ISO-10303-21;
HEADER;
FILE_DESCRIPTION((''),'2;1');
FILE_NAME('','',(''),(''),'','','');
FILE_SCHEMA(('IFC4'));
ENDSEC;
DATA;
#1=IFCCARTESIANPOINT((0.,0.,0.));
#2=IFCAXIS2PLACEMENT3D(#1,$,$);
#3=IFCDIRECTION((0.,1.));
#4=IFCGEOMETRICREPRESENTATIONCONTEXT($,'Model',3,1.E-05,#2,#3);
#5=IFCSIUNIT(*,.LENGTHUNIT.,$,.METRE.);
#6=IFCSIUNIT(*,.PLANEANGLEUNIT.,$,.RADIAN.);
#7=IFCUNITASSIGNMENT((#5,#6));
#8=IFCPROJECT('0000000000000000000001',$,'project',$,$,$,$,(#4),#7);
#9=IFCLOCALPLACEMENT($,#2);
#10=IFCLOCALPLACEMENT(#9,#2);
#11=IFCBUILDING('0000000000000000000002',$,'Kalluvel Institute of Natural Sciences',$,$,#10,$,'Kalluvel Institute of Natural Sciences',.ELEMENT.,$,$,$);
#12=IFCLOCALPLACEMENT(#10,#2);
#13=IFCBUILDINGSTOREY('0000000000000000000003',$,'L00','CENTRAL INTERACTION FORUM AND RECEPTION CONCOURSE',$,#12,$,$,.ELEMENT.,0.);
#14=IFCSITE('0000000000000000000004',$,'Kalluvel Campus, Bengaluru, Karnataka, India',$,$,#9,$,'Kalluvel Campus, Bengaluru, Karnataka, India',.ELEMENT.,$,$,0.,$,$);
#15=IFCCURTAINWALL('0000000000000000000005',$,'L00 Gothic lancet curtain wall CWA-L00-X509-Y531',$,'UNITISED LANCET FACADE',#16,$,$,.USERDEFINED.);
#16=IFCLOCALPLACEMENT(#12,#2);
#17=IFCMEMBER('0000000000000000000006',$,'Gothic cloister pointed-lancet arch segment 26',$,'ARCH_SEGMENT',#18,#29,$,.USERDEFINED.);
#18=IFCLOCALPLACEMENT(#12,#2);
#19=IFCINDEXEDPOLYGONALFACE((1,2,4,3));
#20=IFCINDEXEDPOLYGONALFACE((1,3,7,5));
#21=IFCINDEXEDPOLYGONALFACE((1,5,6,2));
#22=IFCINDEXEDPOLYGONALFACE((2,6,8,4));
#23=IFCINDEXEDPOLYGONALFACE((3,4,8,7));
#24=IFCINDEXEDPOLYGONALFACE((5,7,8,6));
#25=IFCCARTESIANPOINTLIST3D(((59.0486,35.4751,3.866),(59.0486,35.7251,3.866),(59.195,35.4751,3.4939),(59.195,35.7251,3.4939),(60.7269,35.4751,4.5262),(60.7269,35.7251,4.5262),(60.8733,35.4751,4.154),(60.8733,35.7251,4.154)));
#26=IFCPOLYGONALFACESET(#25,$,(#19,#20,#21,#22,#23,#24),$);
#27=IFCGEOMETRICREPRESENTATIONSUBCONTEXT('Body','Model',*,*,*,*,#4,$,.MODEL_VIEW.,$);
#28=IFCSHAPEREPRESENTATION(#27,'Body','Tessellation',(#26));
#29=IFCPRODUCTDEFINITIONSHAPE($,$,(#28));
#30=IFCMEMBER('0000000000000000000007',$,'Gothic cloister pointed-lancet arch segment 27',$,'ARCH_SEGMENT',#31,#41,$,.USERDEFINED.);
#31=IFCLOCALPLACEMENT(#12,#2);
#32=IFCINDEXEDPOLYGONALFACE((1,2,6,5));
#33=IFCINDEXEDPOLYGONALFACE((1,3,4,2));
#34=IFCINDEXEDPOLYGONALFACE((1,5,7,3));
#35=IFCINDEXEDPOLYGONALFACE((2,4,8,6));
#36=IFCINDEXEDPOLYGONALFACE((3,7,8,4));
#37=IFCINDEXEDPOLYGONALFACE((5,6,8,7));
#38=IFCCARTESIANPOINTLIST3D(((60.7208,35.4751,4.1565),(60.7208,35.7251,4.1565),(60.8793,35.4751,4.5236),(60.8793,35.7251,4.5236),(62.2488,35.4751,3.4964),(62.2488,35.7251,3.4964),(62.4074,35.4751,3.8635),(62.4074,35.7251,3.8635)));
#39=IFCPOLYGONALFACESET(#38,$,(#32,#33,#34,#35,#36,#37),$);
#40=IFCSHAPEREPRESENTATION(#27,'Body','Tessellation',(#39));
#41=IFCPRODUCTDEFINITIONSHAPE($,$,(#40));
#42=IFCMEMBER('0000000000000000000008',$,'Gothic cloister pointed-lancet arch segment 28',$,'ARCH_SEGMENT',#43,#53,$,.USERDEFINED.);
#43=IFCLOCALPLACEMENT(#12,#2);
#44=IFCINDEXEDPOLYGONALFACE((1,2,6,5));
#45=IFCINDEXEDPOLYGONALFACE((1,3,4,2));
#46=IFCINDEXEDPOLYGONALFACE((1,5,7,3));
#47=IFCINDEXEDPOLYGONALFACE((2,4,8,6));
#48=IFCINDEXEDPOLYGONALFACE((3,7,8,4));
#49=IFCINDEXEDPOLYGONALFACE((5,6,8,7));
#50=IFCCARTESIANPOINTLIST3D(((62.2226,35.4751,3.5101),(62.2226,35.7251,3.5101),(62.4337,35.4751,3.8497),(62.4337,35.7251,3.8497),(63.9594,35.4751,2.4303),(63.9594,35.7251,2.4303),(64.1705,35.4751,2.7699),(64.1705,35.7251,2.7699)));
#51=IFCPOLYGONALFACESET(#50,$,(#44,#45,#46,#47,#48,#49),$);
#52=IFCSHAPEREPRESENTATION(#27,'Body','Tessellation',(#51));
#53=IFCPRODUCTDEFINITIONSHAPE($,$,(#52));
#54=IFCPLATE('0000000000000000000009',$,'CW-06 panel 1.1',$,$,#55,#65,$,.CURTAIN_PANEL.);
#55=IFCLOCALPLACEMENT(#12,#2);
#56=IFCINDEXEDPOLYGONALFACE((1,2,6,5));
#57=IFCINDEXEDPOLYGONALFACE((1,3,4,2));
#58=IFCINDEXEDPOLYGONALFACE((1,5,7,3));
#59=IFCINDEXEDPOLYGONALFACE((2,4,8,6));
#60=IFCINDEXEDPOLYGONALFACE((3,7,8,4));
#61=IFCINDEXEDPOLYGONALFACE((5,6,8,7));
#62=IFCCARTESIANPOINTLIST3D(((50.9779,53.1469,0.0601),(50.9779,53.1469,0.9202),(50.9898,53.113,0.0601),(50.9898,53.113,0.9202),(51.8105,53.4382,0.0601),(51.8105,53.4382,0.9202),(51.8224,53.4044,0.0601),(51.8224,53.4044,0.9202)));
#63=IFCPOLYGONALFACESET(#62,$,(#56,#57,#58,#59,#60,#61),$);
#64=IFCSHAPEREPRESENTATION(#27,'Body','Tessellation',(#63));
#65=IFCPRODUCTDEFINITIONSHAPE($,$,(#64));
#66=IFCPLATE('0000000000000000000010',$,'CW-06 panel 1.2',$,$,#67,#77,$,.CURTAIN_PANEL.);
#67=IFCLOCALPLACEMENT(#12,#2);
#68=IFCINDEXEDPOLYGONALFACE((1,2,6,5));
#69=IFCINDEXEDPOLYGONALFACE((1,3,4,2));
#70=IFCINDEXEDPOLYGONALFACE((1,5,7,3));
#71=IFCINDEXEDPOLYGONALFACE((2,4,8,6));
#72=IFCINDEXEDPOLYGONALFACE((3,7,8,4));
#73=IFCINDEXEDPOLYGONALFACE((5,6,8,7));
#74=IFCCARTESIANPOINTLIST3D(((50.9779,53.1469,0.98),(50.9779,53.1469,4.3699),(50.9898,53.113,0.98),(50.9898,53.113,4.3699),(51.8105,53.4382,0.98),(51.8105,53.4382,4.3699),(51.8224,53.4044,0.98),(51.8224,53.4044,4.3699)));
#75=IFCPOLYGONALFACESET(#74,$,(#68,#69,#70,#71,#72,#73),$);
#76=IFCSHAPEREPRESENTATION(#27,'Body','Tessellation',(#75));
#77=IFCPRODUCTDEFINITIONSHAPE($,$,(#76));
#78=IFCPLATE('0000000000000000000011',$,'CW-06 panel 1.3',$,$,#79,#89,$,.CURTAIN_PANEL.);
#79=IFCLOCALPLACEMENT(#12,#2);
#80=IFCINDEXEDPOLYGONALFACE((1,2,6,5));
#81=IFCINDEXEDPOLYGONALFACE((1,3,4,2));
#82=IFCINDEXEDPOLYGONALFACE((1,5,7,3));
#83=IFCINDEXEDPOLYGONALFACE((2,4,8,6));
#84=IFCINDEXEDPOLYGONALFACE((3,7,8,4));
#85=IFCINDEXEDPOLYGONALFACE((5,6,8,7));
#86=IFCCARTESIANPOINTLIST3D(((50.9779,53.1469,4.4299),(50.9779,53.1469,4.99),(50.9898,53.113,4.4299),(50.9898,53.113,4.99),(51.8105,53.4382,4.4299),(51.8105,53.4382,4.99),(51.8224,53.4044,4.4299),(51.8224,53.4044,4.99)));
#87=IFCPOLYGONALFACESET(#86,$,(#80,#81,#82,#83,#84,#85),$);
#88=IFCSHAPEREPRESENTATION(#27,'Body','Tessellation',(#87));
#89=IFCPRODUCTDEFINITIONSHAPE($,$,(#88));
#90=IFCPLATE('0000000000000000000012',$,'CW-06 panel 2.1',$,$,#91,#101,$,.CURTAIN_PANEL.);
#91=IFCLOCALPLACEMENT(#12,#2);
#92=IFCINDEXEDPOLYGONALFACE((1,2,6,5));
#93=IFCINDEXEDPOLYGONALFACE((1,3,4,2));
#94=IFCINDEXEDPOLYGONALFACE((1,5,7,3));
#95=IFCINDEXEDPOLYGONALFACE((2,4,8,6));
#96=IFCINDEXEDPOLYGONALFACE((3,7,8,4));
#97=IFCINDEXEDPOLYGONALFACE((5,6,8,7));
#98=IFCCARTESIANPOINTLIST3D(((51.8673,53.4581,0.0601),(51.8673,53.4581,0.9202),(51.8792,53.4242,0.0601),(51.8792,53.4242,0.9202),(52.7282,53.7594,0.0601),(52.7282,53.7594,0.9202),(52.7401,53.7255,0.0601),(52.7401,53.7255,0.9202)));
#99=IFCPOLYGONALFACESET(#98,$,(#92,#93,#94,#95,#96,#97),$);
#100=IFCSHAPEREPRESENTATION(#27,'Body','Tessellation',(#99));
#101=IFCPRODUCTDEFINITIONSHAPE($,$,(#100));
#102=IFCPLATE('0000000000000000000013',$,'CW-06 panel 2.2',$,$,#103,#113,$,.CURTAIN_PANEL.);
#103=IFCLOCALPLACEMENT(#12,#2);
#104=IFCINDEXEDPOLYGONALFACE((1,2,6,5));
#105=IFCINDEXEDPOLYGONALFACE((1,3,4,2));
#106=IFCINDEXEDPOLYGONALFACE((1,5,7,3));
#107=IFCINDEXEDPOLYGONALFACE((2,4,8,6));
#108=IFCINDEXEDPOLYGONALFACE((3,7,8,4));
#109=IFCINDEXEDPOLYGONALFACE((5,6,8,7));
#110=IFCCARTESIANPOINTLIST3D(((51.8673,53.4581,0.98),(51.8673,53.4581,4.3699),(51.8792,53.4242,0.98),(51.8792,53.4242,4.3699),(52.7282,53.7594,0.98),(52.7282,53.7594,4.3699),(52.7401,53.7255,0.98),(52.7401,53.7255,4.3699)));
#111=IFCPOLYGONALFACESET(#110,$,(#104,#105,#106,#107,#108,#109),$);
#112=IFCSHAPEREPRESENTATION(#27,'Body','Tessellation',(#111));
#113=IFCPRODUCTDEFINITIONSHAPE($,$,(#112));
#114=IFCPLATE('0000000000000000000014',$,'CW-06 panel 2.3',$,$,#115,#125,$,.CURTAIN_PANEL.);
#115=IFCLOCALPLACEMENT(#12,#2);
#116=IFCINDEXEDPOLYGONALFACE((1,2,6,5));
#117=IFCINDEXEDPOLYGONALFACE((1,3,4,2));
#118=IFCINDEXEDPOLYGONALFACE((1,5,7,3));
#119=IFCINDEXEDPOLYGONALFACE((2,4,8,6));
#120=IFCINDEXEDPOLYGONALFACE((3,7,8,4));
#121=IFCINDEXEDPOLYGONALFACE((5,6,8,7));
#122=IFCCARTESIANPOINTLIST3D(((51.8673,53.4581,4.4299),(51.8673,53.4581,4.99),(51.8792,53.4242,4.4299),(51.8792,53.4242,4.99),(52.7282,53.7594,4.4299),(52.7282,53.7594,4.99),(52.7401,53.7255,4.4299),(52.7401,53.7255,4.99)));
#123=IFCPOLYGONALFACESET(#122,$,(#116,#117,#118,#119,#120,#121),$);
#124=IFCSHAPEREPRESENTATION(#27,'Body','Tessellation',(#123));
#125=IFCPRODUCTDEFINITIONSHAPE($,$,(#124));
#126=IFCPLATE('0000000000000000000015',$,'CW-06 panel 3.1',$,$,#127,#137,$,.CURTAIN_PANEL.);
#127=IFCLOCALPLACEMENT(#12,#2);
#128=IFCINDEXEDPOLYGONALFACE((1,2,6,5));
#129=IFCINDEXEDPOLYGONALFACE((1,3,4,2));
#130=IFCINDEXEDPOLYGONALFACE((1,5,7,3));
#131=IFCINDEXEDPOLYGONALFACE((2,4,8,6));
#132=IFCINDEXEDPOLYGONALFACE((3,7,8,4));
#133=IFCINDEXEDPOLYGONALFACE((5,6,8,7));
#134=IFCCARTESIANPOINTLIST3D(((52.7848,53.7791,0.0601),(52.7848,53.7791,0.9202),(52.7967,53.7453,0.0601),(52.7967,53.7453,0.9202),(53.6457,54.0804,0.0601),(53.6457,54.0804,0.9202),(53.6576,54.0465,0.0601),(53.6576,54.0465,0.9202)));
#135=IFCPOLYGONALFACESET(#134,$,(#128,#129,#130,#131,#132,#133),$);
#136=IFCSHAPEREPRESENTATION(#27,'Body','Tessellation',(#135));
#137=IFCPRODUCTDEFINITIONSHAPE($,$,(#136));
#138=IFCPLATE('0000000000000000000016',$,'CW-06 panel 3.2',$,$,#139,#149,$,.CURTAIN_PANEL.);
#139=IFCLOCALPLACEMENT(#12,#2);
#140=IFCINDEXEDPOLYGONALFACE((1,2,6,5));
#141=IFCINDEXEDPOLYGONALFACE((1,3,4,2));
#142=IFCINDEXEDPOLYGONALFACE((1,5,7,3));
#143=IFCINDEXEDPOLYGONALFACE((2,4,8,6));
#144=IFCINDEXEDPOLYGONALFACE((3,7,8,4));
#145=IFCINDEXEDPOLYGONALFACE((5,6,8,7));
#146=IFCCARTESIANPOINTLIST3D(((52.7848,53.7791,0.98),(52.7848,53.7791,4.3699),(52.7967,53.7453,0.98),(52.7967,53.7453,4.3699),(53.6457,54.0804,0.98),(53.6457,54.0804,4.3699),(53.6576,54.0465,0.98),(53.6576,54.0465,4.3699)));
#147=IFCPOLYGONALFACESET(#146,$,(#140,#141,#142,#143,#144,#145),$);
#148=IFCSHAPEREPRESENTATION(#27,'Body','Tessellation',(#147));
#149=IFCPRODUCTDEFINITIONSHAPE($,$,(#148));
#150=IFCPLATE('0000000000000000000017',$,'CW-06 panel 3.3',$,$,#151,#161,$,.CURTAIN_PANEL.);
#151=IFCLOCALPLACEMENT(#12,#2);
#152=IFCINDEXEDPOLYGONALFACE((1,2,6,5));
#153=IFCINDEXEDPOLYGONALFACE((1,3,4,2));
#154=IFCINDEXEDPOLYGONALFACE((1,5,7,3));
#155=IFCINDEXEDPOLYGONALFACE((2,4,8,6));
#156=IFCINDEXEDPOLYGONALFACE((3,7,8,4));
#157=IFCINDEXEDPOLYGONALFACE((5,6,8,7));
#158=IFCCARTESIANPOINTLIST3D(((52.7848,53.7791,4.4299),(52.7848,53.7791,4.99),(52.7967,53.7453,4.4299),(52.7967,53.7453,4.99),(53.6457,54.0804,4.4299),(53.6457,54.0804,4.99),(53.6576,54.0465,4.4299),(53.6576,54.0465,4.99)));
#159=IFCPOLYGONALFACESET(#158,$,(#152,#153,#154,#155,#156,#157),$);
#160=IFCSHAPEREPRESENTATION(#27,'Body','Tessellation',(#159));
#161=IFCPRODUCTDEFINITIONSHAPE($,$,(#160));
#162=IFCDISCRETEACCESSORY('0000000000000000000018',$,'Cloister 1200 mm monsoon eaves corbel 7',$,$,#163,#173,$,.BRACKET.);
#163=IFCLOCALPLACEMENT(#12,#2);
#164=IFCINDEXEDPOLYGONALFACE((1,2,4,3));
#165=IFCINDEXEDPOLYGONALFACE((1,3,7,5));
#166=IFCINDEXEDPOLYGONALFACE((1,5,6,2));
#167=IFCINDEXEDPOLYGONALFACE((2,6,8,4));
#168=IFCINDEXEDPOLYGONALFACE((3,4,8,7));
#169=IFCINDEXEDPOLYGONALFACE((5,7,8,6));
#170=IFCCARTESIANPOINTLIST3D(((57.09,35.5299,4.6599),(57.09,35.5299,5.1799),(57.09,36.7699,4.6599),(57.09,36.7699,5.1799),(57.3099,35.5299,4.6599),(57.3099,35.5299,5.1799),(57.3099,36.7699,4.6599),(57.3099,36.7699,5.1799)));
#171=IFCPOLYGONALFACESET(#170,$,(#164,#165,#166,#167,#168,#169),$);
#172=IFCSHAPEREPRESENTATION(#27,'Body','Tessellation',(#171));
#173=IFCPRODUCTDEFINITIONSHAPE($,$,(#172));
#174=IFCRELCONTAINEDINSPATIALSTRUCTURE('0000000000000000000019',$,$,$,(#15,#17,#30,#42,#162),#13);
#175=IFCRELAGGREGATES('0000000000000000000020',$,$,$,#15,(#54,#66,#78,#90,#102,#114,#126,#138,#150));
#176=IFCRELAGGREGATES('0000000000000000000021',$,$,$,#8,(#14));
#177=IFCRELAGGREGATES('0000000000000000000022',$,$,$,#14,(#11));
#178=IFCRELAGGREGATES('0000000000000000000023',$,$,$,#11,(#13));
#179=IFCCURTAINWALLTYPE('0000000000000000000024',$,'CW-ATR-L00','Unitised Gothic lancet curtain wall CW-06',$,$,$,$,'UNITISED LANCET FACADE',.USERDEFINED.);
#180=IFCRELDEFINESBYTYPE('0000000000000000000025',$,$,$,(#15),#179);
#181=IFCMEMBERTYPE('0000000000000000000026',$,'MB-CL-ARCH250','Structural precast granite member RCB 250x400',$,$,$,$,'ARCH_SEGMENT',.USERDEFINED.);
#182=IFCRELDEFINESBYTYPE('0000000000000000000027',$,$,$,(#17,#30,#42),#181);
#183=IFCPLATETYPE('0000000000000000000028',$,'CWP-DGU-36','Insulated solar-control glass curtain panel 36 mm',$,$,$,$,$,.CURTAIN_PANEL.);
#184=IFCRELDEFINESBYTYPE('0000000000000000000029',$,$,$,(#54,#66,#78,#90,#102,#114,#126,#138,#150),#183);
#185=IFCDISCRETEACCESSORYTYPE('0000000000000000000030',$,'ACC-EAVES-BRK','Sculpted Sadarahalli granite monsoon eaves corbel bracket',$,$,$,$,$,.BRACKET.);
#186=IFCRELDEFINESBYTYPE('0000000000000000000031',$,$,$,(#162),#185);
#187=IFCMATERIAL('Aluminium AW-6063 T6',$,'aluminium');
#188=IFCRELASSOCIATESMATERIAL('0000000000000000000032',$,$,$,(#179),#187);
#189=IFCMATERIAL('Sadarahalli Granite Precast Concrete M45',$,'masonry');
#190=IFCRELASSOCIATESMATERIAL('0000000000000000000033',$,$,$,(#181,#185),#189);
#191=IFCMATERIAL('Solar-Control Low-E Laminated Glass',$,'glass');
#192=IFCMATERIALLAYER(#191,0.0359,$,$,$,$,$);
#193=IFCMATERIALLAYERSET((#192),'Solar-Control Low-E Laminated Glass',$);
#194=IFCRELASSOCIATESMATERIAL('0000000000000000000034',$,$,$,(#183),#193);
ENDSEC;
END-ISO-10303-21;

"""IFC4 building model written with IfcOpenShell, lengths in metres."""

from ifc_helpers import new_model, si_unit, direction, frame, origin, origin_2d, place, context, subcontext, project, spatial, rectangle, extrude, material, layer, layer_set, material_profile, profile_set, type_object, element, aggregate, save


model = new_model("IFC4")

# Units and contexts
model_context = context("Model", 3, precision=1e-05, world=origin(), true_north=direction((0.0, 1.0)))
body_context = subcontext(model_context, "Body", "Model", "MODEL_VIEW")
ifc_project = project(units=[si_unit("LENGTHUNIT", "METRE"), si_unit("PLANEANGLEUNIT", "RADIAN")], contexts=[model_context])

# Site, building, storey
site_placement = place(None, origin())
site = spatial("IfcSite", under=ifc_project, at=site_placement, Name="Kalluvel Campus, Bengaluru, Karnataka, India", LongName="Kalluvel Campus, Bengaluru, Karnataka, India", CompositionType="ELEMENT", RefElevation=0.0)
building_placement = place(site_placement, origin())
building = spatial("IfcBuilding", under=site, at=building_placement, Name="Kalluvel Institute of Natural Sciences", LongName="Kalluvel Institute of Natural Sciences", CompositionType="ELEMENT")
storey_placement = place(building_placement, origin())
storey = spatial("IfcBuildingStorey", under=building, at=storey_placement, Name="L00", Description="CENTRAL INTERACTION FORUM AND RECEPTION CONCOURSE", CompositionType="ELEMENT", Elevation=0.0)

# Curtain wall
ifc_material_1 = material(Name="Aluminium AW-6063 T6", Category="aluminium")
curtain_wall_type = type_object("IfcCurtainWallType", Name="CW-ATR-L00", Description="Unitised Gothic lancet curtain wall CW-06", ElementType="UNITISED LANCET FACADE", PredefinedType="USERDEFINED", material=ifc_material_1)
curtain_wall_placement = place(storey_placement, origin())
curtain_wall = element("IfcCurtainWall", 1, at=curtain_wall_placement, inside=storey, type_object=curtain_wall_type, Name="L00 Gothic lancet curtain wall CWA-L00-X509-Y531", ObjectType="UNITISED LANCET FACADE", PredefinedType="USERDEFINED")

# Members
ifc_material_2 = material(Name="Sadarahalli Granite Precast Concrete M45", Category="masonry")
ifc_material_profile_1 = material_profile(ifc_material_2, rectangle(XDim=0.25, YDim=0.3999, at=origin_2d()), Name="RCB 250x400")
ifc_profile_set_1 = profile_set([ifc_material_profile_1], Name="Sadarahalli Granite Precast Concrete M45")
member_type_1 = type_object("IfcMemberType", Name="MB-CL-ARCH250", Description="Structural precast granite member RCB 250x400", ElementType="ARCH_SEGMENT", PredefinedType="USERDEFINED", material=ifc_profile_set_1)
member_1_placement = place(storey_placement, frame((59.1218, 35.6001, 3.6799), z_axis=(0.93059, 0.0, 0.366063), x_axis=(0.0, 1.0, 0.0)))
element("IfcMember", 2, at=member_1_placement, inside=storey, type_object=member_type_1, Name="Gothic cloister pointed-lancet arch segment 26", ObjectType="ARCH_SEGMENT", PredefinedType="USERDEFINED", context=body_context, shape_type="SweptSolid", body=[
    extrude(rectangle(XDim=0.25, YDim=0.3999, at=origin_2d()), origin(), (0.0, 0.0, 1.0), 1.8035),
])
member_2_placement = place(storey_placement, frame((60.8, 35.6001, 4.3401), z_axis=(0.917996, 0.0, -0.396591), x_axis=(0.0, 1.0, 0.0)))
element("IfcMember", 3, at=member_2_placement, inside=storey, type_object=member_type_1, Name="Gothic cloister pointed-lancet arch segment 27", ObjectType="ARCH_SEGMENT", PredefinedType="USERDEFINED", context=body_context, shape_type="SweptSolid", body=[
    extrude(rectangle(XDim=0.25, YDim=0.3999, at=origin_2d()), origin(), (0.0, 0.0, 1.0), 1.6646),
])
member_3_placement = place(storey_placement, frame((62.3281, 35.6001, 3.6799), z_axis=(0.849243, 0.0, -0.528002), x_axis=(0.0, 1.0, 0.0)))
element("IfcMember", 4, at=member_3_placement, inside=storey, type_object=member_type_1, Name="Gothic cloister pointed-lancet arch segment 28", ObjectType="ARCH_SEGMENT", PredefinedType="USERDEFINED", context=body_context, shape_type="SweptSolid", body=[
    extrude(rectangle(XDim=0.25, YDim=0.3999, at=origin_2d()), origin(), (0.0, 0.0, 1.0), 2.0452),
])

# Plates
ifc_material_3 = material(Name="Solar-Control Low-E Laminated Glass", Category="glass")
ifc_layer = layer(ifc_material_3, 0.0359)
ifc_layer_set = layer_set([ifc_layer], Name="Solar-Control Low-E Laminated Glass")
plate_type = type_object("IfcPlateType", Name="CWP-DGU-36", Description="Insulated solar-control glass curtain panel 36 mm", PredefinedType="CURTAIN_PANEL", material=ifc_layer_set)
plate_1_placement = place(storey_placement, frame((51.4001, 53.2756, 0.0601), z_axis=(0.0, 0.0, 1.0), x_axis=(0.943878, 0.330295, 0.0)))
plate_1 = element("IfcPlate", 5, at=plate_1_placement, type_object=plate_type, Name="CW-06 panel 1.1", PredefinedType="CURTAIN_PANEL", context=body_context, shape_type="SweptSolid", body=[
    extrude(rectangle(XDim=0.8821, YDim=0.0359, at=origin_2d()), origin(), (0.0, 0.0, 1.0), 0.8601),
])
plate_2_placement = place(storey_placement, frame((51.4001, 53.2756, 0.98), z_axis=(0.0, 0.0, 1.0), x_axis=(0.943878, 0.330295, 0.0)))
plate_2 = element("IfcPlate", 6, at=plate_2_placement, type_object=plate_type, Name="CW-06 panel 1.2", PredefinedType="CURTAIN_PANEL", context=body_context, shape_type="SweptSolid", body=[
    extrude(rectangle(XDim=0.8821, YDim=0.0359, at=origin_2d()), origin(), (0.0, 0.0, 1.0), 3.3899),
])
plate_3_placement = place(storey_placement, frame((51.4001, 53.2756, 4.4299), z_axis=(0.0, 0.0, 1.0), x_axis=(0.943878, 0.330295, 0.0)))
plate_3 = element("IfcPlate", 7, at=plate_3_placement, type_object=plate_type, Name="CW-06 panel 1.3", PredefinedType="CURTAIN_PANEL", context=body_context, shape_type="SweptSolid", body=[
    extrude(rectangle(XDim=0.8821, YDim=0.0359, at=origin_2d()), origin(), (0.0, 0.0, 1.0), 0.5601),
])
plate_4_placement = place(storey_placement, frame((52.3037, 53.5918, 0.0601), z_axis=(0.0, 0.0, 1.0), x_axis=(0.943878, 0.330295, 0.0)))
plate_4 = element("IfcPlate", 8, at=plate_4_placement, type_object=plate_type, Name="CW-06 panel 2.1", PredefinedType="CURTAIN_PANEL", context=body_context, shape_type="SweptSolid", body=[
    extrude(rectangle(XDim=0.9121, YDim=0.0359, at=origin_2d()), origin(), (0.0, 0.0, 1.0), 0.8601),
])
plate_5_placement = place(storey_placement, frame((52.3037, 53.5918, 0.98), z_axis=(0.0, 0.0, 1.0), x_axis=(0.943878, 0.330295, 0.0)))
plate_5 = element("IfcPlate", 9, at=plate_5_placement, type_object=plate_type, Name="CW-06 panel 2.2", PredefinedType="CURTAIN_PANEL", context=body_context, shape_type="SweptSolid", body=[
    extrude(rectangle(XDim=0.9121, YDim=0.0359, at=origin_2d()), origin(), (0.0, 0.0, 1.0), 3.3899),
])
plate_6_placement = place(storey_placement, frame((52.3037, 53.5918, 4.4299), z_axis=(0.0, 0.0, 1.0), x_axis=(0.943878, 0.330295, 0.0)))
plate_6 = element("IfcPlate", 10, at=plate_6_placement, type_object=plate_type, Name="CW-06 panel 2.3", PredefinedType="CURTAIN_PANEL", context=body_context, shape_type="SweptSolid", body=[
    extrude(rectangle(XDim=0.9121, YDim=0.0359, at=origin_2d()), origin(), (0.0, 0.0, 1.0), 0.5601),
])
plate_7_placement = place(storey_placement, frame((53.2212, 53.9128, 0.0601), z_axis=(0.0, 0.0, 1.0), x_axis=(0.943878, 0.330295, 0.0)))
plate_7 = element("IfcPlate", 11, at=plate_7_placement, type_object=plate_type, Name="CW-06 panel 3.1", PredefinedType="CURTAIN_PANEL", context=body_context, shape_type="SweptSolid", body=[
    extrude(rectangle(XDim=0.9121, YDim=0.0359, at=origin_2d()), origin(), (0.0, 0.0, 1.0), 0.8601),
])
plate_8_placement = place(storey_placement, frame((53.2212, 53.9128, 0.98), z_axis=(0.0, 0.0, 1.0), x_axis=(0.943878, 0.330295, 0.0)))
plate_8 = element("IfcPlate", 12, at=plate_8_placement, type_object=plate_type, Name="CW-06 panel 3.2", PredefinedType="CURTAIN_PANEL", context=body_context, shape_type="SweptSolid", body=[
    extrude(rectangle(XDim=0.9121, YDim=0.0359, at=origin_2d()), origin(), (0.0, 0.0, 1.0), 3.3899),
])
plate_9_placement = place(storey_placement, frame((53.2212, 53.9128, 4.4299), z_axis=(0.0, 0.0, 1.0), x_axis=(0.943878, 0.330295, 0.0)))
plate_9 = element("IfcPlate", 13, at=plate_9_placement, type_object=plate_type, Name="CW-06 panel 3.3", PredefinedType="CURTAIN_PANEL", context=body_context, shape_type="SweptSolid", body=[
    extrude(rectangle(XDim=0.9121, YDim=0.0359, at=origin_2d()), origin(), (0.0, 0.0, 1.0), 0.5601),
])
aggregate(curtain_wall, [plate_1, plate_2, plate_3, plate_4, plate_5, plate_6, plate_7, plate_8, plate_9])

# Discrete accessory
discrete_accessory_type = type_object("IfcDiscreteAccessoryType", Name="ACC-EAVES-BRK", Description="Sculpted Sadarahalli granite monsoon eaves corbel bracket", PredefinedType="BRACKET", material=ifc_material_2)
discrete_accessory_placement = place(storey_placement, frame((57.2, 36.1499, 4.6599), z_axis=(0.0, 0.0, 1.0), x_axis=(1.0, 0.0, 0.0)))
element("IfcDiscreteAccessory", 14, at=discrete_accessory_placement, inside=storey, type_object=discrete_accessory_type, Name="Cloister 1200 mm monsoon eaves corbel 7", PredefinedType="BRACKET", context=body_context, shape_type="SweptSolid", body=[
    extrude(rectangle(XDim=0.22, YDim=1.24, at=origin_2d()), origin(), (0.0, 0.0, 1.0), 0.52),
])

save(model, "model.ifc")
